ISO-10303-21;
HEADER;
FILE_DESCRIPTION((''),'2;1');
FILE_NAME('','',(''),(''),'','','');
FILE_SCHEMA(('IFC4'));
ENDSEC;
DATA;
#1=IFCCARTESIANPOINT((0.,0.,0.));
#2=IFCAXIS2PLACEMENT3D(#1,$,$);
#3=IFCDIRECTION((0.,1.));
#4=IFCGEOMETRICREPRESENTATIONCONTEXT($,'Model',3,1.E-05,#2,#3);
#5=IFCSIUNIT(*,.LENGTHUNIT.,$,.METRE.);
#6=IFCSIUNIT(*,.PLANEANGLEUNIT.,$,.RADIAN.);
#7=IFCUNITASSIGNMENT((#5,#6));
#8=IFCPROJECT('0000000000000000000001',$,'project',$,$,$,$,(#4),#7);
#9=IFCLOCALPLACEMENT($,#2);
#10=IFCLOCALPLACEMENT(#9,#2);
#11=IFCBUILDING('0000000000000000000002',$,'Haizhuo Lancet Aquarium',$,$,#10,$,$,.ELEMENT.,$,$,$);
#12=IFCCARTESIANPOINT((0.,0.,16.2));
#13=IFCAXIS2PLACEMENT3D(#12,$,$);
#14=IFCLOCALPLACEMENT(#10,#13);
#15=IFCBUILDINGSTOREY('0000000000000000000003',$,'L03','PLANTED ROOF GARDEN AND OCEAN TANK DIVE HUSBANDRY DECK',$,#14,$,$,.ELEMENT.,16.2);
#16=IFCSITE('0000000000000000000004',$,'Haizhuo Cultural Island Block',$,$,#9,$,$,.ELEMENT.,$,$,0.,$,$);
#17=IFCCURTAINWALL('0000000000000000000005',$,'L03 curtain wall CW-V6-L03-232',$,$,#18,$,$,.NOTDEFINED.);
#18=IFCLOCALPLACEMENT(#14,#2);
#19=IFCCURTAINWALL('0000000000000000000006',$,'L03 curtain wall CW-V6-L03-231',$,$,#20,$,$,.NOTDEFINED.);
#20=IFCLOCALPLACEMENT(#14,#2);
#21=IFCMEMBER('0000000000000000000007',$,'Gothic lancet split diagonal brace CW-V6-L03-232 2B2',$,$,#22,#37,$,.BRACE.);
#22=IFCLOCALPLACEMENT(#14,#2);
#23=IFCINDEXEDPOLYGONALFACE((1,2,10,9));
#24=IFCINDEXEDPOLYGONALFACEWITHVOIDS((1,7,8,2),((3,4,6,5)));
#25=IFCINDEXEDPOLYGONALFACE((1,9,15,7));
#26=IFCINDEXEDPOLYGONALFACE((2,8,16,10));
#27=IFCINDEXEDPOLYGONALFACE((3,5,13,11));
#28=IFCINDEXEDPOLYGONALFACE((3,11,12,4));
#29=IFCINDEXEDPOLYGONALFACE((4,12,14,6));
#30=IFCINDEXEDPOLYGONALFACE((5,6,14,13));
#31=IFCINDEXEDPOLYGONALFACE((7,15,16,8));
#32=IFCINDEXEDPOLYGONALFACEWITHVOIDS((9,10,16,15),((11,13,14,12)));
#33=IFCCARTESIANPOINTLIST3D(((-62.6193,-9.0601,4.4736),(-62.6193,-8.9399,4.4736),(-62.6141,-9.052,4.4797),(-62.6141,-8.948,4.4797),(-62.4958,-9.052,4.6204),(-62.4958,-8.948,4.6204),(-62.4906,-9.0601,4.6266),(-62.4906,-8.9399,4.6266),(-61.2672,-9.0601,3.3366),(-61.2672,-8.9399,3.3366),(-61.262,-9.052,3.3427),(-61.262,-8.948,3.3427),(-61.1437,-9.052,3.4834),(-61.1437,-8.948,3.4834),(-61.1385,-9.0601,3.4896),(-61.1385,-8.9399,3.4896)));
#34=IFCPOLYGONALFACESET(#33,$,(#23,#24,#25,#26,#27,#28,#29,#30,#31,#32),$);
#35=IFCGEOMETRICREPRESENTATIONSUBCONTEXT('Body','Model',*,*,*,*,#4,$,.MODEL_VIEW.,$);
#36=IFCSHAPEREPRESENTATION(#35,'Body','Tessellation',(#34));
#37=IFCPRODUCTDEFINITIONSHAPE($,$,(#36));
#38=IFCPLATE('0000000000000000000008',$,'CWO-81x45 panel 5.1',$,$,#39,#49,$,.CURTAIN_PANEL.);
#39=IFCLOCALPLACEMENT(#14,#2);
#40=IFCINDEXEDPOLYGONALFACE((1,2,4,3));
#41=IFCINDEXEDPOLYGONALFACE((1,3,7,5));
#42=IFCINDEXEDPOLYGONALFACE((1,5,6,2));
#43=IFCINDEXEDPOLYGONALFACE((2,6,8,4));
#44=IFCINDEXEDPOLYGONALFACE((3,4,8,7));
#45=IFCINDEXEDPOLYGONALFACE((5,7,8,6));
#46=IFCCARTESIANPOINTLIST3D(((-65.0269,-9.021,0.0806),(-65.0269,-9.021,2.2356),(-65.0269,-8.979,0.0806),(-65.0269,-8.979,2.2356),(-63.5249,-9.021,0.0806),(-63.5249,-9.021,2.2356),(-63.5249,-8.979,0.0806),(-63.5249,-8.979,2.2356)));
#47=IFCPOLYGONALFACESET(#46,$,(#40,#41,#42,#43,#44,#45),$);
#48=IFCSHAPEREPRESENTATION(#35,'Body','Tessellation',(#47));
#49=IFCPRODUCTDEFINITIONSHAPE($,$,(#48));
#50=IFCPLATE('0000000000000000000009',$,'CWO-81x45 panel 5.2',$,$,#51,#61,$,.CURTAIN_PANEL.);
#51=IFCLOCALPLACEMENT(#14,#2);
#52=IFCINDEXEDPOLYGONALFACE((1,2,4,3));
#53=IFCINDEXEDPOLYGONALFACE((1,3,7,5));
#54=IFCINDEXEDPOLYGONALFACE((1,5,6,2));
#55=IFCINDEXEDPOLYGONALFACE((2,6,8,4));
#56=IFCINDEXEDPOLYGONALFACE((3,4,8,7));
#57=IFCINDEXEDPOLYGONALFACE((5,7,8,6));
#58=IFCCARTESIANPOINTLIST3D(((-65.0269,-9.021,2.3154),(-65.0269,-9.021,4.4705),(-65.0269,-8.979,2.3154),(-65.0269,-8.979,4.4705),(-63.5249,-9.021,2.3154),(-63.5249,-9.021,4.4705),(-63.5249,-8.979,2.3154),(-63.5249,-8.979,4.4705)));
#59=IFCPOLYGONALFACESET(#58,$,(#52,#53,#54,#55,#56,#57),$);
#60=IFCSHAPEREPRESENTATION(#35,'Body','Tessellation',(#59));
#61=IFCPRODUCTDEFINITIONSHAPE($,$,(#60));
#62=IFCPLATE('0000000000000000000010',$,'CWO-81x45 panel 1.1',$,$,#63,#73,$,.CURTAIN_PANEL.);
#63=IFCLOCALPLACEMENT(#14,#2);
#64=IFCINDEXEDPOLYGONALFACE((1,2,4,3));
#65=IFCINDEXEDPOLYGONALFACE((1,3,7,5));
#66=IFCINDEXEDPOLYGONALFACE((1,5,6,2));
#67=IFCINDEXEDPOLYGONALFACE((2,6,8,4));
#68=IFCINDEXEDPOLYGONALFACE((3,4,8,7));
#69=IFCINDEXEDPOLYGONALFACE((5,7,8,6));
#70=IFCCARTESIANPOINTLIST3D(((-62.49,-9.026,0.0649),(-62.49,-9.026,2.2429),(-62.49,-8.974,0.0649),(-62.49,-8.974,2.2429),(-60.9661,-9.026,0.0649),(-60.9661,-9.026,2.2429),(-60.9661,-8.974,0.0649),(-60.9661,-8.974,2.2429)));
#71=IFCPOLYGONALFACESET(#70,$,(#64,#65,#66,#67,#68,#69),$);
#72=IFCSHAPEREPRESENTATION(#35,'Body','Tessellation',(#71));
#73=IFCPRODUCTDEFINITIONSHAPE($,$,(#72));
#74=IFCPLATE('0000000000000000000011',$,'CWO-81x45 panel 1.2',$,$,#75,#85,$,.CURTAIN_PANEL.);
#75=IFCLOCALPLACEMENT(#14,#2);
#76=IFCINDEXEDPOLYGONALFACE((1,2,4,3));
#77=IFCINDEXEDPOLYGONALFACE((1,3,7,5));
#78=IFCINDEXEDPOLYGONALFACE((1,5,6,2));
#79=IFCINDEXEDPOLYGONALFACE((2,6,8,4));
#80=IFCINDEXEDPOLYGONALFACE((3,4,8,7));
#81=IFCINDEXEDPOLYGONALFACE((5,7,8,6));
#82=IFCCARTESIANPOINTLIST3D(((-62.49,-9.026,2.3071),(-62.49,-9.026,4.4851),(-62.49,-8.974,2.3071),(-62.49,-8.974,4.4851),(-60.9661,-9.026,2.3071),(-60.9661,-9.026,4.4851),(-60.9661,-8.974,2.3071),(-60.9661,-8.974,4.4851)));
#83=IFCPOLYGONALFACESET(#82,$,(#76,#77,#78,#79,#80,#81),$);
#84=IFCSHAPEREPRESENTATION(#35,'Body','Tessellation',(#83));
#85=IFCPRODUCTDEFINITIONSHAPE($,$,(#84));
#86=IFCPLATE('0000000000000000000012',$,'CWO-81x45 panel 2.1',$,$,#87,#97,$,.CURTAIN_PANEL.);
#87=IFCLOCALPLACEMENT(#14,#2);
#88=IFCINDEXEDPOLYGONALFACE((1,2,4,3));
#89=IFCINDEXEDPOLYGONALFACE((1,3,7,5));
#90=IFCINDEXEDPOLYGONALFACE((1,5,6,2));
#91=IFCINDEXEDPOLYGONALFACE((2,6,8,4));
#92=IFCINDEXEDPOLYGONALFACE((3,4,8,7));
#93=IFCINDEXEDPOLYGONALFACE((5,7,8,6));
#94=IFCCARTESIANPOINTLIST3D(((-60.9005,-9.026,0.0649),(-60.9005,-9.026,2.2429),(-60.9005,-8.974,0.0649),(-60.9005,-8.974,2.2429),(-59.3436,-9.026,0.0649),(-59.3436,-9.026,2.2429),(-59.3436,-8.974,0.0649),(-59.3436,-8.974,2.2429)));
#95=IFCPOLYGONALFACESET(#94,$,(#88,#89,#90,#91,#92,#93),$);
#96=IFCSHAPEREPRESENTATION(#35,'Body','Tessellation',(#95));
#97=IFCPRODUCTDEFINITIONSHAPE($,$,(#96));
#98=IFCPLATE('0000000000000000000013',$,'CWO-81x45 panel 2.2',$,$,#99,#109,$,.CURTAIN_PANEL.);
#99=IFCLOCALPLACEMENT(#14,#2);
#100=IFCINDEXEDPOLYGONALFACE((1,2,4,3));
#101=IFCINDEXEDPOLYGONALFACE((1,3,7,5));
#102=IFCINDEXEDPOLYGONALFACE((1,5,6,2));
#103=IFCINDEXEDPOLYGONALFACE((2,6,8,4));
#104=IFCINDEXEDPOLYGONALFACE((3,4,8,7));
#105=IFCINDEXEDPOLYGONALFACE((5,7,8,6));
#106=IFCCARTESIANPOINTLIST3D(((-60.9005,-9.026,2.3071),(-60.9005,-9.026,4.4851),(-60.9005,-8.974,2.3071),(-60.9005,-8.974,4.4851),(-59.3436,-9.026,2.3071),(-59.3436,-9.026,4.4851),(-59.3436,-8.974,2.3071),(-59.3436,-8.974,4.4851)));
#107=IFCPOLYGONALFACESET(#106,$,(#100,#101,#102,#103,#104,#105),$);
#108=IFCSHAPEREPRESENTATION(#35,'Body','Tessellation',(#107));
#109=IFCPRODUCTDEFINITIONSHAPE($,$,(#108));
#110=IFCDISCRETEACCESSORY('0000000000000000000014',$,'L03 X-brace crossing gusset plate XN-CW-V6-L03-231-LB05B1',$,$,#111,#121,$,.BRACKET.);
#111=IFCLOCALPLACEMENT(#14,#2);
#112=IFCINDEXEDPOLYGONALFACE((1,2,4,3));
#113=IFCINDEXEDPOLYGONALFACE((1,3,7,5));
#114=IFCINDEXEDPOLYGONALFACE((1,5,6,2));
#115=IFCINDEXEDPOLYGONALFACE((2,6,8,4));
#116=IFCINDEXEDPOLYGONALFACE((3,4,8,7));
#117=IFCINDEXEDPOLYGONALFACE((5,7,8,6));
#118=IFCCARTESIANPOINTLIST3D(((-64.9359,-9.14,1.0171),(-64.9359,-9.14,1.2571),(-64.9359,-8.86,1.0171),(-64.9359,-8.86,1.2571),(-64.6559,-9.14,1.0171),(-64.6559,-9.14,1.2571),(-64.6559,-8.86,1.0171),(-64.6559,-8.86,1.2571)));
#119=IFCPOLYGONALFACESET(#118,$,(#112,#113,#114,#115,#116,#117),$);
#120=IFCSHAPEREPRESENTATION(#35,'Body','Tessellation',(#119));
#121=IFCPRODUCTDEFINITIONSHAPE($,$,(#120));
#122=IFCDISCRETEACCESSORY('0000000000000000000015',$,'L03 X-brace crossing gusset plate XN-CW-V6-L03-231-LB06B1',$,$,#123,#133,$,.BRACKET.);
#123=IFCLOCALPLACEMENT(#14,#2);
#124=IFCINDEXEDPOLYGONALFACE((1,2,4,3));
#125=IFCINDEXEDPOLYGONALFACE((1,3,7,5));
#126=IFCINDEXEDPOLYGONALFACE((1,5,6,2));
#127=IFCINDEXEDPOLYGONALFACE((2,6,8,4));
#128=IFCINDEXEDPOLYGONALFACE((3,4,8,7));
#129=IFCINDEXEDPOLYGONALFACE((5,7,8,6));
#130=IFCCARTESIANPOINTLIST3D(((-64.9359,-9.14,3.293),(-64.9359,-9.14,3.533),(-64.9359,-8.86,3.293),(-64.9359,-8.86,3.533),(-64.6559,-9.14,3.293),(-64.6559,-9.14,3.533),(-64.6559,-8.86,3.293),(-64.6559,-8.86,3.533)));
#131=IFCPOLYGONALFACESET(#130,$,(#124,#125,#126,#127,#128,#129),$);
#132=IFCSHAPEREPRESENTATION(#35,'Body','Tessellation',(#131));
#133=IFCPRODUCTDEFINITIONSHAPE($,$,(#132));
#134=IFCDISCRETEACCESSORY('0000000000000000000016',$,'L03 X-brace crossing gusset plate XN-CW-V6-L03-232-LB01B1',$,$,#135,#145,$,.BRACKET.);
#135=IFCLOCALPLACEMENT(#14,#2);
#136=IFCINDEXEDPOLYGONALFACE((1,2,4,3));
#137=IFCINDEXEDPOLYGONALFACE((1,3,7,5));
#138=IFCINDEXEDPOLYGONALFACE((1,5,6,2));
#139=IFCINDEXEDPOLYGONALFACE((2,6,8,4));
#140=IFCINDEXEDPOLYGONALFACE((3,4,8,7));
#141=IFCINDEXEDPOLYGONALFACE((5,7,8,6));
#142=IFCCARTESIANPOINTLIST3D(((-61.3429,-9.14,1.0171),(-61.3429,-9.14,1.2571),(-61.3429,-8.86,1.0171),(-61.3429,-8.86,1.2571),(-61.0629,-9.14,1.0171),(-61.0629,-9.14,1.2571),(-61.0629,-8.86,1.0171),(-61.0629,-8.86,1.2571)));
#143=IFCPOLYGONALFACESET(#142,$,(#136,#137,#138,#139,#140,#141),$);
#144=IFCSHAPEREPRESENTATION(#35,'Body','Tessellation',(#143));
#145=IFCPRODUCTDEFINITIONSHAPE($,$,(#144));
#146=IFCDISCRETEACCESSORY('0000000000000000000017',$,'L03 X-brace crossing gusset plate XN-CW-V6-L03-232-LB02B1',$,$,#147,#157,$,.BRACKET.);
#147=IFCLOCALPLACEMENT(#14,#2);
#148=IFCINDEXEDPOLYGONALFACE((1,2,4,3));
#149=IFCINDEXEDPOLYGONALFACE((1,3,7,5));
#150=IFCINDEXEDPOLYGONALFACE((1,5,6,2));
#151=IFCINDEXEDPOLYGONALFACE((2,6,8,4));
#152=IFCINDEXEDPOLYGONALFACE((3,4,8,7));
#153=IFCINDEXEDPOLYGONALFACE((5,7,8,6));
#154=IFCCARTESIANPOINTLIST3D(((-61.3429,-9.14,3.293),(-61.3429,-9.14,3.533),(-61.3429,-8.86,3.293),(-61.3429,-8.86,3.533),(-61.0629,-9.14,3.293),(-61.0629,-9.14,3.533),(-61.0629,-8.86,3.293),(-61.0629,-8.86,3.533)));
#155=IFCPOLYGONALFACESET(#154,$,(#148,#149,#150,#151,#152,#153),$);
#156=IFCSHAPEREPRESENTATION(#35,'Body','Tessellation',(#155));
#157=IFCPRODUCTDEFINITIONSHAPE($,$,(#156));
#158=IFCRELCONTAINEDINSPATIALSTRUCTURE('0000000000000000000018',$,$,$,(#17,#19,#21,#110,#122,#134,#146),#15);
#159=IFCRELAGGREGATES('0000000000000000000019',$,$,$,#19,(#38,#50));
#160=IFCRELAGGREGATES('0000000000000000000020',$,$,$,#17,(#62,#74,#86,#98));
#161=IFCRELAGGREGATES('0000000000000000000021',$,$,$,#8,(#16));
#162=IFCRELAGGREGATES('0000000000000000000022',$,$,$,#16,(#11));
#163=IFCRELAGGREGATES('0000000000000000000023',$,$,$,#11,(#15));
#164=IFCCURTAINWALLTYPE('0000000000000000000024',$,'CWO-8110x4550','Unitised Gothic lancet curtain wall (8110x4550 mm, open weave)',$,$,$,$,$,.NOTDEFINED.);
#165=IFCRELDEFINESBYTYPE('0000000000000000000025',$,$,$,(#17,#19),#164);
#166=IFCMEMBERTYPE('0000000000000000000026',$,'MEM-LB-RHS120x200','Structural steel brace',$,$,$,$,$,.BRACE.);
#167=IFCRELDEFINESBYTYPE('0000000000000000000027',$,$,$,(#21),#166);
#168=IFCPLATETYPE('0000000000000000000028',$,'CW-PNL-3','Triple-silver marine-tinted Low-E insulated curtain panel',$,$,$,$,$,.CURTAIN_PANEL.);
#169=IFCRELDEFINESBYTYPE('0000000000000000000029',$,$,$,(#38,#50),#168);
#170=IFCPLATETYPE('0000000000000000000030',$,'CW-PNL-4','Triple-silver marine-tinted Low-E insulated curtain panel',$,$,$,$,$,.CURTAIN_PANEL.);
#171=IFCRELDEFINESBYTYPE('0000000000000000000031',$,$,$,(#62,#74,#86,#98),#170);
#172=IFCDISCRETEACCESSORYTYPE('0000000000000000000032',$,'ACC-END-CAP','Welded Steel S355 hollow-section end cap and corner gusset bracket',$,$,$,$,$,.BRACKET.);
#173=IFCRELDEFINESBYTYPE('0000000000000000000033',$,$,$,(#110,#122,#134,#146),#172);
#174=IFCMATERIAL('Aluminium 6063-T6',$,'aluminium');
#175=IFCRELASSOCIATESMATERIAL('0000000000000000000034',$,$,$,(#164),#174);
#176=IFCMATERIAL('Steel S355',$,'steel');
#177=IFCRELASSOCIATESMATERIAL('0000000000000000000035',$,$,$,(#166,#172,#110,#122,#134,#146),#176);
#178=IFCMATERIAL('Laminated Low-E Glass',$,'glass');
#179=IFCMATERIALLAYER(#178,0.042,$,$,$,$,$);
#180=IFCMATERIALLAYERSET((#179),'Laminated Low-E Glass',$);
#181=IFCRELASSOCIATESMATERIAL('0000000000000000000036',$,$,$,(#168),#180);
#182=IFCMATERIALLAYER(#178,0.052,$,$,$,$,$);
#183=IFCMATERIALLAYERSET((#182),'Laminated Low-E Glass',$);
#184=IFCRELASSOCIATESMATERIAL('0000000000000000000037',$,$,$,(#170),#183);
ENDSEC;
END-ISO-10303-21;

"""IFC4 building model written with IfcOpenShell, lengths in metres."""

from ifc_helpers import new_model, si_unit, direction, frame, origin, origin_2d, place, context, subcontext, project, spatial, rectangle, hollow_rectangle, extrude, material, layer, layer_set, material_profile, profile_set, type_object, element, aggregate, save


model = new_model("IFC4")

# Units and contexts
model_context = context("Model", 3, precision=1e-05, world=origin(), true_north=direction((0.0, 1.0)))
body_context = subcontext(model_context, "Body", "Model", "MODEL_VIEW")
ifc_project = project(units=[si_unit("LENGTHUNIT", "METRE"), si_unit("PLANEANGLEUNIT", "RADIAN")], contexts=[model_context])

# Site, building, storey
site_placement = place(None, origin())
site = spatial("IfcSite", under=ifc_project, at=site_placement, Name="Haizhuo Cultural Island Block", CompositionType="ELEMENT", RefElevation=0.0)
building_placement = place(site_placement, origin())
building = spatial("IfcBuilding", under=site, at=building_placement, Name="Haizhuo Lancet Aquarium", CompositionType="ELEMENT")
storey_placement = place(building_placement, frame((0.0, 0.0, 16.2)))
storey = spatial("IfcBuildingStorey", under=building, at=storey_placement, Name="L03", Description="PLANTED ROOF GARDEN AND OCEAN TANK DIVE HUSBANDRY DECK", CompositionType="ELEMENT", Elevation=16.2)

# Shared definitions
ifc_material_1 = material(Name="Steel S355", Category="steel")

# Curtain wall
ifc_material_2 = material(Name="Aluminium 6063-T6", Category="aluminium")
curtain_wall_type = type_object("IfcCurtainWallType", Name="CWO-8110x4550", Description="Unitised Gothic lancet curtain wall (8110x4550 mm, open weave)", PredefinedType="NOTDEFINED", material=ifc_material_2)
curtain_wall_1_placement = place(storey_placement, origin())
curtain_wall_1 = element("IfcCurtainWall", 1, at=curtain_wall_1_placement, inside=storey, type_object=curtain_wall_type, Name="L03 curtain wall CW-V6-L03-232", PredefinedType="NOTDEFINED")

# Curtain wall
curtain_wall_2_placement = place(storey_placement, origin())
curtain_wall_2 = element("IfcCurtainWall", 2, at=curtain_wall_2_placement, inside=storey, type_object=curtain_wall_type, Name="L03 curtain wall CW-V6-L03-231", PredefinedType="NOTDEFINED")

# Member
ifc_material_profile_1 = material_profile(ifc_material_1, hollow_rectangle(XDim=0.1201, YDim=0.2, WallThickness=0.0081, at=origin_2d()), Name="RHS 120x200x8")
ifc_profile_set_1 = profile_set([ifc_material_profile_1], Name="Steel S355")
member_type_1 = type_object("IfcMemberType", Name="MEM-LB-RHS120x200", Description="Structural steel brace", PredefinedType="BRACE", material=ifc_profile_set_1)
member_1_placement = place(storey_placement, frame((-61.2029, -9.0, 3.4131), z_axis=(-0.765359, 0.0, 0.643604), x_axis=(0.0, -1.0, 0.0)))
element("IfcMember", 3, at=member_1_placement, inside=storey, type_object=member_type_1, Name="Gothic lancet split diagonal brace CW-V6-L03-232 2B2", PredefinedType="BRACE", context=body_context, shape_type="SweptSolid", body=[
    extrude(hollow_rectangle(XDim=0.1201, YDim=0.2, WallThickness=0.0081, at=origin_2d()), origin(), (0.0, 0.0, 1.0), 1.7666),
])

# Plates
ifc_material_3 = material(Name="Laminated Low-E Glass", Category="glass")
ifc_layer_1 = layer(ifc_material_3, 0.042)
ifc_layer_set_1 = layer_set([ifc_layer_1], Name="Laminated Low-E Glass")
plate_type_1 = type_object("IfcPlateType", Name="CW-PNL-3", Description="Triple-silver marine-tinted Low-E insulated curtain panel", PredefinedType="CURTAIN_PANEL", material=ifc_layer_set_1)
plate_1_placement = place(storey_placement, frame((-64.2759, -9.0, 0.0806), z_axis=(0.0, 0.0, 1.0), x_axis=(1.0, 0.0, 0.0)))
plate_1 = element("IfcPlate", 4, at=plate_1_placement, type_object=plate_type_1, Name="CWO-81x45 panel 5.1", PredefinedType="CURTAIN_PANEL", context=body_context, shape_type="SweptSolid", body=[
    extrude(rectangle(XDim=1.502, YDim=0.042, at=origin_2d()), origin(), (0.0, 0.0, 1.0), 2.155),
])
plate_2_placement = place(storey_placement, frame((-64.2759, -9.0, 2.3154), z_axis=(0.0, 0.0, 1.0), x_axis=(1.0, 0.0, 0.0)))
plate_2 = element("IfcPlate", 5, at=plate_2_placement, type_object=plate_type_1, Name="CWO-81x45 panel 5.2", PredefinedType="CURTAIN_PANEL", context=body_context, shape_type="SweptSolid", body=[
    extrude(rectangle(XDim=1.502, YDim=0.042, at=origin_2d()), origin(), (0.0, 0.0, 1.0), 2.155),
])
aggregate(curtain_wall_2, [plate_1, plate_2])
ifc_layer_2 = layer(ifc_material_3, 0.052)
ifc_layer_set_2 = layer_set([ifc_layer_2], Name="Laminated Low-E Glass")
plate_type_2 = type_object("IfcPlateType", Name="CW-PNL-4", Description="Triple-silver marine-tinted Low-E insulated curtain panel", PredefinedType="CURTAIN_PANEL", material=ifc_layer_set_2)
plate_3_placement = place(storey_placement, frame((-61.728, -9.0, 0.0649), z_axis=(0.0, 0.0, 1.0), x_axis=(1.0, 0.0, 0.0)))
plate_3 = element("IfcPlate", 6, at=plate_3_placement, type_object=plate_type_2, Name="CWO-81x45 panel 1.1", PredefinedType="CURTAIN_PANEL", context=body_context, shape_type="SweptSolid", body=[
    extrude(rectangle(XDim=1.5239, YDim=0.052, at=origin_2d()), origin(), (0.0, 0.0, 1.0), 2.178),
])
plate_4_placement = place(storey_placement, frame((-61.728, -9.0, 2.3071), z_axis=(0.0, 0.0, 1.0), x_axis=(1.0, 0.0, 0.0)))
plate_4 = element("IfcPlate", 7, at=plate_4_placement, type_object=plate_type_2, Name="CWO-81x45 panel 1.2", PredefinedType="CURTAIN_PANEL", context=body_context, shape_type="SweptSolid", body=[
    extrude(rectangle(XDim=1.5239, YDim=0.052, at=origin_2d()), origin(), (0.0, 0.0, 1.0), 2.178),
])
plate_5_placement = place(storey_placement, frame((-60.1221, -9.0, 0.0649), z_axis=(0.0, 0.0, 1.0), x_axis=(1.0, 0.0, 0.0)))
plate_5 = element("IfcPlate", 8, at=plate_5_placement, type_object=plate_type_2, Name="CWO-81x45 panel 2.1", PredefinedType="CURTAIN_PANEL", context=body_context, shape_type="SweptSolid", body=[
    extrude(rectangle(XDim=1.5569, YDim=0.052, at=origin_2d()), origin(), (0.0, 0.0, 1.0), 2.178),
])
plate_6_placement = place(storey_placement, frame((-60.1221, -9.0, 2.3071), z_axis=(0.0, 0.0, 1.0), x_axis=(1.0, 0.0, 0.0)))
plate_6 = element("IfcPlate", 9, at=plate_6_placement, type_object=plate_type_2, Name="CWO-81x45 panel 2.2", PredefinedType="CURTAIN_PANEL", context=body_context, shape_type="SweptSolid", body=[
    extrude(rectangle(XDim=1.5569, YDim=0.052, at=origin_2d()), origin(), (0.0, 0.0, 1.0), 2.178),
])
aggregate(curtain_wall_1, [plate_3, plate_4, plate_5, plate_6])

# Discrete accessories
discrete_accessory_type = type_object("IfcDiscreteAccessoryType", Name="ACC-END-CAP", Description="Welded Steel S355 hollow-section end cap and corner gusset bracket", PredefinedType="BRACKET", material=ifc_material_1)
for number, where, z_axis, x_axis, name in (
    (10, (-64.7959, -9.0, 1.0171), (0.0, 0.0, 1.0), (1.0, 0.0, 0.0), "L03 X-brace crossing gusset plate XN-CW-V6-L03-231-LB05B1"),
    (11, (-64.7959, -9.0, 3.293), (0.0, 0.0, 1.0), (1.0, 0.0, 0.0), "L03 X-brace crossing gusset plate XN-CW-V6-L03-231-LB06B1"),
    (12, (-61.2029, -9.0, 1.0171), (0.0, 0.0, 1.0), (1.0, 0.0, 0.0), "L03 X-brace crossing gusset plate XN-CW-V6-L03-232-LB01B1"),
    (13, (-61.2029, -9.0, 3.293), (0.0, 0.0, 1.0), (1.0, 0.0, 0.0), "L03 X-brace crossing gusset plate XN-CW-V6-L03-232-LB02B1"),
):
    element("IfcDiscreteAccessory", number, at=place(storey_placement, frame(where, z_axis=z_axis, x_axis=x_axis)), inside=storey, type_object=discrete_accessory_type, material=ifc_material_1, Name=name, PredefinedType="BRACKET", context=body_context, shape_type="SweptSolid", body=[
        extrude(rectangle(XDim=0.28, YDim=0.28, at=origin_2d()), origin(), (0.0, 0.0, 1.0), 0.24),
    ])

save(model, "model.ifc")
